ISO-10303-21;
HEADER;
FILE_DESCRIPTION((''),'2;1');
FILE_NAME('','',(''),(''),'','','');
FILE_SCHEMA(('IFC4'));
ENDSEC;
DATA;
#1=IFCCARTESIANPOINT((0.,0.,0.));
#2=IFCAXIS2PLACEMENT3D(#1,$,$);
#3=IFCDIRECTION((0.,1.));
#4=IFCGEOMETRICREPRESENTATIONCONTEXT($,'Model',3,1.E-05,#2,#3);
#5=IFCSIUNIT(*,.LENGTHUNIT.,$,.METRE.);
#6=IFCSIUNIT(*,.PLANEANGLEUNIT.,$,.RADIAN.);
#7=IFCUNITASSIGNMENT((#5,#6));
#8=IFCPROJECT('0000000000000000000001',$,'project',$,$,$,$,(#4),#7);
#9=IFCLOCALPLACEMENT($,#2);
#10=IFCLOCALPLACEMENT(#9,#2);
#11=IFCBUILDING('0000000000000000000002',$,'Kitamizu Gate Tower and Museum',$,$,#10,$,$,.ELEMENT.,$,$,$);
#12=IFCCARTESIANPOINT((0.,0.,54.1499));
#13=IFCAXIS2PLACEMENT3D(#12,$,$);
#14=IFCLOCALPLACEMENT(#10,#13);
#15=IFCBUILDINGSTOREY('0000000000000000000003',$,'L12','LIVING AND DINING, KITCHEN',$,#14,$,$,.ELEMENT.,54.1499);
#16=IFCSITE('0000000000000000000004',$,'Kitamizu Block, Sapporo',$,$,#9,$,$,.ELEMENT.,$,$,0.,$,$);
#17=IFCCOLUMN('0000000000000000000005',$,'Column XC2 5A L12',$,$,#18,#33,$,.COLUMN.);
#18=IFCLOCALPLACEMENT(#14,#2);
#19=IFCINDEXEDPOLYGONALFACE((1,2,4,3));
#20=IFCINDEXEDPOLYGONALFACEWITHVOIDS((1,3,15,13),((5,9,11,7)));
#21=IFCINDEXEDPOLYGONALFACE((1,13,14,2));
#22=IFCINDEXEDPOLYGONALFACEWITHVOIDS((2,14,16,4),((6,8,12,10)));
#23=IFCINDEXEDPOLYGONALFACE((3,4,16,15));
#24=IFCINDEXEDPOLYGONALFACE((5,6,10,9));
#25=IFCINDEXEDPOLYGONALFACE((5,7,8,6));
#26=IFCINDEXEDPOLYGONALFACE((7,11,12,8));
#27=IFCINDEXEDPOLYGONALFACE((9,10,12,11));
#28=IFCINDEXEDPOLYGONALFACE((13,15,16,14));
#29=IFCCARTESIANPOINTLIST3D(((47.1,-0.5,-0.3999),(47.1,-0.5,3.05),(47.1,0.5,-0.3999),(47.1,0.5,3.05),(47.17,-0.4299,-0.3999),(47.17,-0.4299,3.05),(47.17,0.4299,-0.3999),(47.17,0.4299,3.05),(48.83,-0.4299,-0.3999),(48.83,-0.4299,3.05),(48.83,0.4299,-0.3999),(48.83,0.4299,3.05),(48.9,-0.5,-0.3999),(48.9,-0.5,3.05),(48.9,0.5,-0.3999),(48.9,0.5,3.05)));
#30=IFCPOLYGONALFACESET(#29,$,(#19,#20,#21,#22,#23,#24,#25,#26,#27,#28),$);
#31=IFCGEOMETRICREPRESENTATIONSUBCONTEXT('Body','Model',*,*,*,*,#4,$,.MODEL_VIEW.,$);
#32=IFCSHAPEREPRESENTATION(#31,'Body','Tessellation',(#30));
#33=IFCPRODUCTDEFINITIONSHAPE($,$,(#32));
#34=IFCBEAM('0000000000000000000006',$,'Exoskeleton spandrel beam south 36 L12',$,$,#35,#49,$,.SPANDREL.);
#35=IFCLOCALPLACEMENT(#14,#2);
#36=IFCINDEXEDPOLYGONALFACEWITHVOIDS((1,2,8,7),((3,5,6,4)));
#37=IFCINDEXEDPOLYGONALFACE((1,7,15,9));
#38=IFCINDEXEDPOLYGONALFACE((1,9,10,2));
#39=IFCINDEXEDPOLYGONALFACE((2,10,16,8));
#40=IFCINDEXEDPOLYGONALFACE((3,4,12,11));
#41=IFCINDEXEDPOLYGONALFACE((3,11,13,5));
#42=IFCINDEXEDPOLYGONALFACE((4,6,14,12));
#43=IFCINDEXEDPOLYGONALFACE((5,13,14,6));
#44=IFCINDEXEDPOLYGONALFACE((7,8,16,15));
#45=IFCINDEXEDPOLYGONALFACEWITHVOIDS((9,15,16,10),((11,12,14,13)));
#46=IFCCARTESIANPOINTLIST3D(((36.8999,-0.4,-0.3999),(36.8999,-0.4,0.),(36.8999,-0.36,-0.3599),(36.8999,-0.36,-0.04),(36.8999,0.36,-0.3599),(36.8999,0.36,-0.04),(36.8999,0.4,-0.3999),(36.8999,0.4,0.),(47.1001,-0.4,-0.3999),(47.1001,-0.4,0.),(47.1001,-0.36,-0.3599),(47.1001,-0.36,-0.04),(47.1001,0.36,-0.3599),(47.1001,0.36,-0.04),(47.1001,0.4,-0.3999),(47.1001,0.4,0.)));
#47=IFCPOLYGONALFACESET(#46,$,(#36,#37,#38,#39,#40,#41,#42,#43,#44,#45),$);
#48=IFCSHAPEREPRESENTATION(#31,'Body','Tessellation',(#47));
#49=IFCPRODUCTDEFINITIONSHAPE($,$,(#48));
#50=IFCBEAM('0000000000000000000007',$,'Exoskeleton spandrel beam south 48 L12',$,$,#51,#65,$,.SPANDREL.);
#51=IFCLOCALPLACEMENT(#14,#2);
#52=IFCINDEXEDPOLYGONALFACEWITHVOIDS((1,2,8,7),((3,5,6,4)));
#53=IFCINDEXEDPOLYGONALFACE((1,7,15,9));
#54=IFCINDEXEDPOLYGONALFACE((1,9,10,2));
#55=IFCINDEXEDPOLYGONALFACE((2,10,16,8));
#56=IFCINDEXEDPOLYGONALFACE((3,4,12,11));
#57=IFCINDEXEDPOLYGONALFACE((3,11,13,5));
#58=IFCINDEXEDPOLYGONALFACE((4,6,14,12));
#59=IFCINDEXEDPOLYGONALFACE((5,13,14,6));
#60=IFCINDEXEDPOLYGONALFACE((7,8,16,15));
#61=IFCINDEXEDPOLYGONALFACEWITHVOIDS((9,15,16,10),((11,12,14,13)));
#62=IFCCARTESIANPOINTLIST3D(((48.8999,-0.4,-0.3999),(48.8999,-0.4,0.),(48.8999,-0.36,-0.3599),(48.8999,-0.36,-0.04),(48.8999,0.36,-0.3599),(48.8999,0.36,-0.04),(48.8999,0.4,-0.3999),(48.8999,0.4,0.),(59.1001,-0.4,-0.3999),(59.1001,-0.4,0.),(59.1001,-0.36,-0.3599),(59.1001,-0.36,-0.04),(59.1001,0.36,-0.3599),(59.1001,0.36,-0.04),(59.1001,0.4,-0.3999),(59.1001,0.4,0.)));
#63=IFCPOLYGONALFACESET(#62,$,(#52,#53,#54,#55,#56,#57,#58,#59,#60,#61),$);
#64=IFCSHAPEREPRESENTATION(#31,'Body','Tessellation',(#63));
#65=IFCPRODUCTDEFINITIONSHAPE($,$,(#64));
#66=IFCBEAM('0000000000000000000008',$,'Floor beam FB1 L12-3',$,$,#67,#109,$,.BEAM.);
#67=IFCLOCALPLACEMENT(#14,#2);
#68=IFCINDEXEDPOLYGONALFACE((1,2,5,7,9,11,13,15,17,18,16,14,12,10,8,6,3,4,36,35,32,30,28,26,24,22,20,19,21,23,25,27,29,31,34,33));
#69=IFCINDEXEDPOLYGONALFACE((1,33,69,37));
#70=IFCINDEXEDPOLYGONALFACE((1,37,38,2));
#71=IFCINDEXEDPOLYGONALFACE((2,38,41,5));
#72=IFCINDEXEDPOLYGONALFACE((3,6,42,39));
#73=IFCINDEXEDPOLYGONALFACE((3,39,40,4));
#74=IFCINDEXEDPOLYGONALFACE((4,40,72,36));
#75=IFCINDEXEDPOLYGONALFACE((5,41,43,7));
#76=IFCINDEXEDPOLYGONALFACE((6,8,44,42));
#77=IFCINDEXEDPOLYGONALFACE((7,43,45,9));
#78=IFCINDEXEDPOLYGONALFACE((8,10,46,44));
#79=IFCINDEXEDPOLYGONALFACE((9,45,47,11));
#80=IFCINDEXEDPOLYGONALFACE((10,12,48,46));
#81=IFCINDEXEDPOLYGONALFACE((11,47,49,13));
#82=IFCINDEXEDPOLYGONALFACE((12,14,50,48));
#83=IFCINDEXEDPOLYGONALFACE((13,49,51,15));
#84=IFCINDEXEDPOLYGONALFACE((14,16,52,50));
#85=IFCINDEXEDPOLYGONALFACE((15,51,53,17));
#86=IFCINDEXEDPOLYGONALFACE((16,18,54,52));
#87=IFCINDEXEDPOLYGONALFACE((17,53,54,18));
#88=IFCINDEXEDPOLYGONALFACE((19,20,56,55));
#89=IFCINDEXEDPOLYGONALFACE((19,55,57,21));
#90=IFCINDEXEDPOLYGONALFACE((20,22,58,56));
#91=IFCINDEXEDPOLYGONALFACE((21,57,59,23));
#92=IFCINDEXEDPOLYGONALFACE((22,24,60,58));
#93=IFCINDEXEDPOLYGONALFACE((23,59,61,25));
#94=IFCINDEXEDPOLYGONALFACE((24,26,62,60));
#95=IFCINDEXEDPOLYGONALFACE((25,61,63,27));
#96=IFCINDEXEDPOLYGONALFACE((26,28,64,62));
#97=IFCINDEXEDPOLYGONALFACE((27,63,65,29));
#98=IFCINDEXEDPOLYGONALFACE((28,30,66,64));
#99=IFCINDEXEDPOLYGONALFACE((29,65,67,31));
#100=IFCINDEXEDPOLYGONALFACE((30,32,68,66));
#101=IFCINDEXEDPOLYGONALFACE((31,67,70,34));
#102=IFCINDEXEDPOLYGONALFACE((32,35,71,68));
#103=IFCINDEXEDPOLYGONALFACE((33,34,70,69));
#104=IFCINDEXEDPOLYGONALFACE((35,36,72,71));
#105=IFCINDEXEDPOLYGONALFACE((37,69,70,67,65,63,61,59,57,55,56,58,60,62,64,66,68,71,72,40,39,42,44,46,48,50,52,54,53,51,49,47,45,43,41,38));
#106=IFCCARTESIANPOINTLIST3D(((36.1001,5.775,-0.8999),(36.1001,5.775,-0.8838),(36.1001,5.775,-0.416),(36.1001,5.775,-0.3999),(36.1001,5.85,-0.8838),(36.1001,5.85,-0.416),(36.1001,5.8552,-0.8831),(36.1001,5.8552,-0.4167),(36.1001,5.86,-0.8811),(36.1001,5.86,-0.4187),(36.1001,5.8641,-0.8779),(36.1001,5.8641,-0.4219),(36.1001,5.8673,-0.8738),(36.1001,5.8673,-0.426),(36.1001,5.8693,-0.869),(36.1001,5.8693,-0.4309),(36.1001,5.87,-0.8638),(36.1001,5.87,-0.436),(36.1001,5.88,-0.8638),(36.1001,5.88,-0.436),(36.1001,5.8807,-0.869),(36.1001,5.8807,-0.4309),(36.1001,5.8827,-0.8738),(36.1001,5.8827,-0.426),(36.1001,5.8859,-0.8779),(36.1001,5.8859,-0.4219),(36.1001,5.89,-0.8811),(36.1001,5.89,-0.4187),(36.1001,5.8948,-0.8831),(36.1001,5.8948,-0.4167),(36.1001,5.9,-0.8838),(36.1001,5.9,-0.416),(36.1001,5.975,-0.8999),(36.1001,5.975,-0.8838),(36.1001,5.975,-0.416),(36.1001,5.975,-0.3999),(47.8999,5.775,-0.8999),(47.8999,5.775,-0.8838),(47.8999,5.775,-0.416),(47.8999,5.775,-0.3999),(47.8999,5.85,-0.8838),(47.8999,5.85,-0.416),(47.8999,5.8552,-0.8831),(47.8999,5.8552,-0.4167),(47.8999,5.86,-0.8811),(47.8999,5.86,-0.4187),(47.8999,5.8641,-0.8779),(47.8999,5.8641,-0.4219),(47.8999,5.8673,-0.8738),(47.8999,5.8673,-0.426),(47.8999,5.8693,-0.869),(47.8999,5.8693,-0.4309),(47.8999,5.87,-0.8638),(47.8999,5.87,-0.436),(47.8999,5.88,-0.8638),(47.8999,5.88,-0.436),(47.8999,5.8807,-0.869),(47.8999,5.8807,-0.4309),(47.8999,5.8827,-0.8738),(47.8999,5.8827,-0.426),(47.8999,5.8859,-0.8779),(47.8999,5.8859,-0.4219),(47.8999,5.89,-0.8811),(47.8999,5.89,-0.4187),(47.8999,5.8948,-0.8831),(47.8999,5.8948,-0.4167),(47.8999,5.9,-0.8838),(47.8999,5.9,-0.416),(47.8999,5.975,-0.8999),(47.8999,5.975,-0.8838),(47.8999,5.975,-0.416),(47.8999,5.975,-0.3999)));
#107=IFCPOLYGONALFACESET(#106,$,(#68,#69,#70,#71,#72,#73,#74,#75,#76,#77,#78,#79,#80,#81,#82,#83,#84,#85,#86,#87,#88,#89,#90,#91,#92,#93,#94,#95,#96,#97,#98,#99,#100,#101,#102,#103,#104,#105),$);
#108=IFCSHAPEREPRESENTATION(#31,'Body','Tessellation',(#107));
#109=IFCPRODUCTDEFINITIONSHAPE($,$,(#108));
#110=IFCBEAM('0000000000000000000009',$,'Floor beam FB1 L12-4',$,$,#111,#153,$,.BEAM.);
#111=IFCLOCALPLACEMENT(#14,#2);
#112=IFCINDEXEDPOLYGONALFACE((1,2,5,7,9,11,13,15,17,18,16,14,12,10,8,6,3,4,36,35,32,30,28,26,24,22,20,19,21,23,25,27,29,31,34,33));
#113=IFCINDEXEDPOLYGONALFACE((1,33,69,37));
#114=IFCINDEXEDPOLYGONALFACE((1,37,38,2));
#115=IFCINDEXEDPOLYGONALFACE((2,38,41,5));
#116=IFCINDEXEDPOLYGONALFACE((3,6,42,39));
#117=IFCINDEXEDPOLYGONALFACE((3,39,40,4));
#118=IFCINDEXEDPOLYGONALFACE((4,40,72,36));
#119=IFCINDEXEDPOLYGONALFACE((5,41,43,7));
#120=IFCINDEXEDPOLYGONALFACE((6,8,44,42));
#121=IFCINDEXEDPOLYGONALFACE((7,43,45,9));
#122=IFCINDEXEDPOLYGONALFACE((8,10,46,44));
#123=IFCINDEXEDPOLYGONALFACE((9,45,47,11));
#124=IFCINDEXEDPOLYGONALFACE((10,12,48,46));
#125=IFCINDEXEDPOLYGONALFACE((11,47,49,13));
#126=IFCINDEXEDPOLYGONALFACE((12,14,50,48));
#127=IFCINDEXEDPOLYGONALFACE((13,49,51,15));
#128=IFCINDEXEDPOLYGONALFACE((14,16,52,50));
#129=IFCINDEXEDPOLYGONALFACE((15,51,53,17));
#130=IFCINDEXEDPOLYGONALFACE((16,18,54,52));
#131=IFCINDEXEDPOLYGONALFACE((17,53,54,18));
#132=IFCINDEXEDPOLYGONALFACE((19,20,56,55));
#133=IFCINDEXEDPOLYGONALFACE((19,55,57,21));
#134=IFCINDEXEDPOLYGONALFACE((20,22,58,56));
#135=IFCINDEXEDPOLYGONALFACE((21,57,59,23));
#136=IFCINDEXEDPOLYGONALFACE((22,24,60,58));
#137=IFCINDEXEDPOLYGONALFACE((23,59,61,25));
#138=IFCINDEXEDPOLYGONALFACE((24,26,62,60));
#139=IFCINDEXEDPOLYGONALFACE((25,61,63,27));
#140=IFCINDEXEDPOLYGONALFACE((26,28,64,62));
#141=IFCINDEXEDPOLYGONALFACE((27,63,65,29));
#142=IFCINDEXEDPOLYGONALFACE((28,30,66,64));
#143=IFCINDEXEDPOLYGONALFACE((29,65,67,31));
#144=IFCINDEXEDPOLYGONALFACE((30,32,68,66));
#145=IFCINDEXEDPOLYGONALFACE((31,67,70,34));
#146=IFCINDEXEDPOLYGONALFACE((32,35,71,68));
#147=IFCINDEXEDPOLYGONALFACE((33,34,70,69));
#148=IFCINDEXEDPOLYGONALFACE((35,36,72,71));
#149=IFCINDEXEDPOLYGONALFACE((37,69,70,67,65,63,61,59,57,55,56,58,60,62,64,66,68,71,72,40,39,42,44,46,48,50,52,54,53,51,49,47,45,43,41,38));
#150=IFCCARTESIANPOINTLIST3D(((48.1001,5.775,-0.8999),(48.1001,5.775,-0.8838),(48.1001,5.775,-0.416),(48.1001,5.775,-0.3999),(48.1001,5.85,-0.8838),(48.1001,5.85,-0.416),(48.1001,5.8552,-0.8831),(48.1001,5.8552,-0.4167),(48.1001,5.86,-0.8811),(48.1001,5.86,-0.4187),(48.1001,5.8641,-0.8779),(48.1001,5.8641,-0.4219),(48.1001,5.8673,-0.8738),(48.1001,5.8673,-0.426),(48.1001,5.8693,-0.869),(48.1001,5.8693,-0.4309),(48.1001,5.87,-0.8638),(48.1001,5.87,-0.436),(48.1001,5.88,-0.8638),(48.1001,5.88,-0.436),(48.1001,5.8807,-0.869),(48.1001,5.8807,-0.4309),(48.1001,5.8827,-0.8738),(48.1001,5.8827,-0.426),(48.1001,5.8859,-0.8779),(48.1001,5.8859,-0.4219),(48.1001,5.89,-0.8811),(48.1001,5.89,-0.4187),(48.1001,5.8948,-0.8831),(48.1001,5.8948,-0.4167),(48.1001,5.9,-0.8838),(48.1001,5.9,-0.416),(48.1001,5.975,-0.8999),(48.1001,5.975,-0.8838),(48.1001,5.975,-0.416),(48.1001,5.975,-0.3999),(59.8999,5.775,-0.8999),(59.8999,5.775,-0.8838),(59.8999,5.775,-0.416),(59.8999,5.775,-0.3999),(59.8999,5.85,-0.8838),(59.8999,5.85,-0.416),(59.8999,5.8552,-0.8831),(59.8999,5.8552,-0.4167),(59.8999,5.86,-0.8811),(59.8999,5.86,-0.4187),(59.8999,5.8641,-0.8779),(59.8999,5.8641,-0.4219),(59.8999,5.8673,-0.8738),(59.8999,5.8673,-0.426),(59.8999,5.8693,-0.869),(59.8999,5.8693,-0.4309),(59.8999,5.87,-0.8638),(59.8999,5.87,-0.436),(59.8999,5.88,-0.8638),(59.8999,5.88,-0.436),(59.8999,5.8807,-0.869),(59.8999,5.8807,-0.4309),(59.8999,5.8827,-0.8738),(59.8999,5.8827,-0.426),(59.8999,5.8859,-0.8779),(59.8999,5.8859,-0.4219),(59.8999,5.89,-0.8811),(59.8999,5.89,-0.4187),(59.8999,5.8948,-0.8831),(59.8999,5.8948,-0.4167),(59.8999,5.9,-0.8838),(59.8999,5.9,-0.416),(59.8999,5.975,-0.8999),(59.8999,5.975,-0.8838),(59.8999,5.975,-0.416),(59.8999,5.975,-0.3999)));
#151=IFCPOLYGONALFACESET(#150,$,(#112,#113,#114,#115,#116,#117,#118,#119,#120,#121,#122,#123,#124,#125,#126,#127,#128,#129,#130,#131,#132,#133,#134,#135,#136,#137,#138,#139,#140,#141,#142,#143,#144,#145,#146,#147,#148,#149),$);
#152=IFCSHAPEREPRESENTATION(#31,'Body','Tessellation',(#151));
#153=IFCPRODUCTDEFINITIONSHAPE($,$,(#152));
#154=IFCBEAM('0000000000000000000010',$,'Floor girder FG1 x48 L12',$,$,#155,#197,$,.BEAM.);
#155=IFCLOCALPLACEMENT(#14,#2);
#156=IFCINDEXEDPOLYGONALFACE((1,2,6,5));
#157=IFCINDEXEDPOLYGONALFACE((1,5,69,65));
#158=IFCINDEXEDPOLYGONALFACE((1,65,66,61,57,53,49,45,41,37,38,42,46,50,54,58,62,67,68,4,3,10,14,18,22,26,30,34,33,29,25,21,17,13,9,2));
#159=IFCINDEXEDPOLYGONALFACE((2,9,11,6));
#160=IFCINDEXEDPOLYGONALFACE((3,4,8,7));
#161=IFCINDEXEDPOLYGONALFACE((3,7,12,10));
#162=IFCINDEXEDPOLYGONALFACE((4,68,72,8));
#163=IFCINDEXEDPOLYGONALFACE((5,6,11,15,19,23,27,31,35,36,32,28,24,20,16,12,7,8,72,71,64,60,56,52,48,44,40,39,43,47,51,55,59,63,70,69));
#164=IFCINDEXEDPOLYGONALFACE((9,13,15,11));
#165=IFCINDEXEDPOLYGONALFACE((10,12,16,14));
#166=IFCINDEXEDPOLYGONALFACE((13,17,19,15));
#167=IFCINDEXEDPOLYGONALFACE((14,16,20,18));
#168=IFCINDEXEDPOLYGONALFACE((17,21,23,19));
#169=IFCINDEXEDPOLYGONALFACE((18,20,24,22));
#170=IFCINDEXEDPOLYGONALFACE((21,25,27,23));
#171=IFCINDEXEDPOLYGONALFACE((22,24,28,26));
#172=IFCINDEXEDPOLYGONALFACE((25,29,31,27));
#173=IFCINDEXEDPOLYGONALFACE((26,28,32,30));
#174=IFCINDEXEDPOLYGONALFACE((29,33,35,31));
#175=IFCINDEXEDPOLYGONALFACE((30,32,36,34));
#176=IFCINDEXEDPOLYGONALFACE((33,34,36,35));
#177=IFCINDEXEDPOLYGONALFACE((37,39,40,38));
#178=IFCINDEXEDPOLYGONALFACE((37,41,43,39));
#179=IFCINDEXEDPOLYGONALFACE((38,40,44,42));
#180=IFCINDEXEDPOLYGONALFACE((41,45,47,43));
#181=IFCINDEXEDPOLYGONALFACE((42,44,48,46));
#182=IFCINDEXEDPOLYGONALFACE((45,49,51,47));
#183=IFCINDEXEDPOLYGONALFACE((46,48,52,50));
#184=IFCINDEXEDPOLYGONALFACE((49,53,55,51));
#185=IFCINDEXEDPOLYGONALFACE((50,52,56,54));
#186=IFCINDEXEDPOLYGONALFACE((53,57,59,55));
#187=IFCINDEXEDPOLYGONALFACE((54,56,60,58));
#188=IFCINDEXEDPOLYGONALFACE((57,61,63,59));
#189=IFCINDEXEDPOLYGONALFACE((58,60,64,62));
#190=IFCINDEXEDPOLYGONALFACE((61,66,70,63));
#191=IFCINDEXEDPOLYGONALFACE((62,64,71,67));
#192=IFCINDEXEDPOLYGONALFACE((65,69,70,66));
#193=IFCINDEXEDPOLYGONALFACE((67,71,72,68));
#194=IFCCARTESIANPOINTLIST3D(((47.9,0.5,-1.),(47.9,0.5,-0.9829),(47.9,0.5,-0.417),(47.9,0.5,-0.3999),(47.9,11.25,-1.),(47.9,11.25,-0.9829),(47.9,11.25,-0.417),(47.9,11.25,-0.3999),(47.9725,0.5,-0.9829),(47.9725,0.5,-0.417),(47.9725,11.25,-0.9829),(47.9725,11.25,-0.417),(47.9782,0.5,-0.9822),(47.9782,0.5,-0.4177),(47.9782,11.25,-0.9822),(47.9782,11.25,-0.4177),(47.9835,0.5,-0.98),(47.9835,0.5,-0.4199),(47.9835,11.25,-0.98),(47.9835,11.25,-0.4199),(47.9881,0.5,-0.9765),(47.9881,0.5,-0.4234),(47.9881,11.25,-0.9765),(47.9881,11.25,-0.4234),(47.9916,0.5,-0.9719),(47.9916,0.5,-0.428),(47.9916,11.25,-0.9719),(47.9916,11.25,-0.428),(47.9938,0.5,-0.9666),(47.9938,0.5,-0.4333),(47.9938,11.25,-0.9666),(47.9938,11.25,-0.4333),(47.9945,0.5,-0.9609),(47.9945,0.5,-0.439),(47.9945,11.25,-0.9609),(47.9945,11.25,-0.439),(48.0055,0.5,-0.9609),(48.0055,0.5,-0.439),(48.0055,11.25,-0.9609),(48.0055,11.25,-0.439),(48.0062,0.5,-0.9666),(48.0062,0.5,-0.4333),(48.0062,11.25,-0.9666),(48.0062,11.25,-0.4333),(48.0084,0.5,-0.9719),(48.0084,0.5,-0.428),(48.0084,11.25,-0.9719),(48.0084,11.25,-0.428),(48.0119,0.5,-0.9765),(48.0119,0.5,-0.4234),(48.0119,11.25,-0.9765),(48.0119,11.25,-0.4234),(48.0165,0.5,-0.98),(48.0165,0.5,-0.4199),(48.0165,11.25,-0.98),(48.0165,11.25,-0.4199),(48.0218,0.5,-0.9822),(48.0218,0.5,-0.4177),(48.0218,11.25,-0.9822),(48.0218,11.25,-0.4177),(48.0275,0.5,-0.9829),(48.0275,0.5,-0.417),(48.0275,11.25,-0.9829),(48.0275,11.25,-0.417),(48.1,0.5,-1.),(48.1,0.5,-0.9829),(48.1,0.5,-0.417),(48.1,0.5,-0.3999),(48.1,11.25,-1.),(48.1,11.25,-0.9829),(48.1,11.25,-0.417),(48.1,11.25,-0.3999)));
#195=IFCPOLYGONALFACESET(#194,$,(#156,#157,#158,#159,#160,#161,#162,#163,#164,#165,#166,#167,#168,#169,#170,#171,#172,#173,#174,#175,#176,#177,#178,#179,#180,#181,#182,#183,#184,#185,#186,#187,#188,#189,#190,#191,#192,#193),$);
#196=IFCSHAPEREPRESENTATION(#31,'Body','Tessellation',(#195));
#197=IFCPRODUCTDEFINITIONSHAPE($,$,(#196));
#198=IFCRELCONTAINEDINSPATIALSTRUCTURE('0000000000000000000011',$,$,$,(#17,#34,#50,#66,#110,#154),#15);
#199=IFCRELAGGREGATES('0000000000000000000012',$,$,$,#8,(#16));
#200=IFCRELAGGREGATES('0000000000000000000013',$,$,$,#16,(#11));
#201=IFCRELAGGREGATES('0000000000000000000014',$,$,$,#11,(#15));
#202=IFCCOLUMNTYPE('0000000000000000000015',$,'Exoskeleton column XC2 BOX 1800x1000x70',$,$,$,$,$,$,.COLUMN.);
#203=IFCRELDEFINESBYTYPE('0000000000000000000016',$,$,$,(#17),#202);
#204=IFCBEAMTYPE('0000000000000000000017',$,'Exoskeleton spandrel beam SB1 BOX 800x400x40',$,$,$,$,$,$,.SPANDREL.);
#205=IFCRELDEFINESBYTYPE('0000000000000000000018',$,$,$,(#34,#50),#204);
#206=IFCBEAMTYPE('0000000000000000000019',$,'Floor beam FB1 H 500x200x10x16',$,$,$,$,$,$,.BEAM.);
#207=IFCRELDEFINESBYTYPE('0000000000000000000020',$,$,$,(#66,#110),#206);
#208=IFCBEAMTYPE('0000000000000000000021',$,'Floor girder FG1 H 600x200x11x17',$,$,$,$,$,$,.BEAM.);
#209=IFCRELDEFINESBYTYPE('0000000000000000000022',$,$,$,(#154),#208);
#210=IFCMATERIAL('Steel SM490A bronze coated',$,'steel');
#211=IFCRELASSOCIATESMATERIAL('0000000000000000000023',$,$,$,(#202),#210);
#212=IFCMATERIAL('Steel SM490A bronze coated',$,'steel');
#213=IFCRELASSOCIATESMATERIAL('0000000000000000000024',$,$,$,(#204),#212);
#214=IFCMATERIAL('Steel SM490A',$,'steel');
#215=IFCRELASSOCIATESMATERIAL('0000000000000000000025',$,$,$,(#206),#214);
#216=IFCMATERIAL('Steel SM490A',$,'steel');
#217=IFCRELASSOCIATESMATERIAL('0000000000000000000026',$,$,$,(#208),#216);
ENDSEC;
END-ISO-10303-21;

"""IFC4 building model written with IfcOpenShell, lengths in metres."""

from ifc_helpers import new_model, si_unit, direction, frame, origin, origin_2d, place, context, subcontext, project, spatial, hollow_rectangle, i_section, extrude, material, material_profile, profile_set, type_object, element, save


model = new_model("IFC4")

# Units and contexts
model_context = context("Model", 3, precision=1e-05, world=origin(), true_north=direction((0.0, 1.0)))
body_context = subcontext(model_context, "Body", "Model", "MODEL_VIEW")
ifc_project = project(units=[si_unit("LENGTHUNIT", "METRE"), si_unit("PLANEANGLEUNIT", "RADIAN")], contexts=[model_context])

# Site, building, storey
site_placement = place(None, origin())
site = spatial("IfcSite", under=ifc_project, at=site_placement, Name="Kitamizu Block, Sapporo", CompositionType="ELEMENT", RefElevation=0.0)
building_placement = place(site_placement, origin())
building = spatial("IfcBuilding", under=site, at=building_placement, Name="Kitamizu Gate Tower and Museum", CompositionType="ELEMENT")
storey_placement = place(building_placement, frame((0.0, 0.0, 54.1499)))
storey = spatial("IfcBuildingStorey", under=building, at=storey_placement, Name="L12", Description="LIVING AND DINING, KITCHEN", CompositionType="ELEMENT", Elevation=54.1499)

# Column
ifc_material_1 = material(Name="Steel SM490A bronze coated", Category="steel")
ifc_material_profile_1 = material_profile(ifc_material_1, hollow_rectangle(XDim=1.8, YDim=1.0, WallThickness=0.0701, at=origin_2d()), Name="BOX 1800x1000x70")
ifc_profile_set_1 = profile_set([ifc_material_profile_1], Name="Steel SM490A bronze coated")
column_type = type_object("IfcColumnType", Name="Exoskeleton column XC2 BOX 1800x1000x70", PredefinedType="COLUMN", material=ifc_profile_set_1)
column_placement = place(storey_placement, frame((48.0, 0.0, -0.3999), z_axis=(0.0, 0.0, 1.0), x_axis=(1.0, 0.0, 0.0)))
element("IfcColumn", 1, at=column_placement, inside=storey, type_object=column_type, Name="Column XC2 5A L12", PredefinedType="COLUMN", context=body_context, shape_type="SweptSolid", body=[
    extrude(hollow_rectangle(XDim=1.8, YDim=1.0, WallThickness=0.0701, at=origin_2d()), origin(), (0.0, 0.0, 1.0), 3.45),
])

# Beams
ifc_material_2 = material(Name="Steel SM490A bronze coated", Category="steel")
ifc_material_profile_2 = material_profile(ifc_material_2, hollow_rectangle(XDim=0.8, YDim=0.3999, WallThickness=0.04, at=origin_2d()), Name="BOX 800x400x40")
ifc_profile_set_2 = profile_set([ifc_material_profile_2], Name="Steel SM490A bronze coated")
beam_type_1 = type_object("IfcBeamType", Name="Exoskeleton spandrel beam SB1 BOX 800x400x40", PredefinedType="SPANDREL", material=ifc_profile_set_2)
for number, where, z_axis, x_axis, name in (
    (2, (36.8999, 0.0, -0.2), (1.0, 0.0, 0.0), (0.0, 1.0, 0.0), "Exoskeleton spandrel beam south 36 L12"),
    (3, (48.8999, 0.0, -0.2), (1.0, 0.0, 0.0), (0.0, 1.0, 0.0), "Exoskeleton spandrel beam south 48 L12"),
):
    element("IfcBeam", number, at=place(storey_placement, frame(where, z_axis=z_axis, x_axis=x_axis)), inside=storey, type_object=beam_type_1, Name=name, PredefinedType="SPANDREL", context=body_context, shape_type="SweptSolid", body=[
        extrude(hollow_rectangle(XDim=0.8, YDim=0.3999, WallThickness=0.04, at=origin_2d()), origin(), (0.0, 0.0, 1.0), 10.2002),
    ])
ifc_material_3 = material(Name="Steel SM490A", Category="steel")
ifc_material_profile_3 = material_profile(ifc_material_3, i_section(OverallWidth=0.2, OverallDepth=0.5, WebThickness=0.01, FlangeThickness=0.0161, FilletRadius=0.02, at=origin_2d()), Name="H-500x200x10x16")
ifc_profile_set_3 = profile_set([ifc_material_profile_3], Name="Steel SM490A")
beam_type_2 = type_object("IfcBeamType", Name="Floor beam FB1 H 500x200x10x16", PredefinedType="BEAM", material=ifc_profile_set_3)
for number, where, z_axis, x_axis, name in (
    (4, (36.1001, 5.875, -0.6499), (1.0, 0.0, 0.0), (0.0, 1.0, 0.0), "Floor beam FB1 L12-3"),
    (5, (48.1001, 5.875, -0.6499), (1.0, 0.0, 0.0), (0.0, 1.0, 0.0), "Floor beam FB1 L12-4"),
):
    element("IfcBeam", number, at=place(storey_placement, frame(where, z_axis=z_axis, x_axis=x_axis)), inside=storey, type_object=beam_type_2, Name=name, PredefinedType="BEAM", context=body_context, shape_type="SweptSolid", body=[
        extrude(i_section(OverallWidth=0.2, OverallDepth=0.5, WebThickness=0.01, FlangeThickness=0.0161, FilletRadius=0.02, at=origin_2d()), origin(), (0.0, 0.0, 1.0), 11.7998),
    ])
ifc_material_4 = material(Name="Steel SM490A", Category="steel")
ifc_material_profile_4 = material_profile(ifc_material_4, i_section(OverallWidth=0.2, OverallDepth=0.6001, WebThickness=0.011, FlangeThickness=0.0171, FilletRadius=0.022, at=origin_2d()), Name="H-600x200x11x17")
ifc_profile_set_4 = profile_set([ifc_material_profile_4], Name="Steel SM490A")
beam_type_3 = type_object("IfcBeamType", Name="Floor girder FG1 H 600x200x11x17", PredefinedType="BEAM", material=ifc_profile_set_4)
beam_placement = place(storey_placement, frame((48.0, 0.5, -0.7), z_axis=(0.0, 1.0, 0.0), x_axis=(-1.0, 0.0, 0.0)))
element("IfcBeam", 6, at=beam_placement, inside=storey, type_object=beam_type_3, Name="Floor girder FG1 x48 L12", PredefinedType="BEAM", context=body_context, shape_type="SweptSolid", body=[
    extrude(i_section(OverallWidth=0.2, OverallDepth=0.6001, WebThickness=0.011, FlangeThickness=0.0171, FilletRadius=0.022, at=origin_2d()), origin(), (0.0, 0.0, 1.0), 10.75),
])

save(model, "model.ifc")
